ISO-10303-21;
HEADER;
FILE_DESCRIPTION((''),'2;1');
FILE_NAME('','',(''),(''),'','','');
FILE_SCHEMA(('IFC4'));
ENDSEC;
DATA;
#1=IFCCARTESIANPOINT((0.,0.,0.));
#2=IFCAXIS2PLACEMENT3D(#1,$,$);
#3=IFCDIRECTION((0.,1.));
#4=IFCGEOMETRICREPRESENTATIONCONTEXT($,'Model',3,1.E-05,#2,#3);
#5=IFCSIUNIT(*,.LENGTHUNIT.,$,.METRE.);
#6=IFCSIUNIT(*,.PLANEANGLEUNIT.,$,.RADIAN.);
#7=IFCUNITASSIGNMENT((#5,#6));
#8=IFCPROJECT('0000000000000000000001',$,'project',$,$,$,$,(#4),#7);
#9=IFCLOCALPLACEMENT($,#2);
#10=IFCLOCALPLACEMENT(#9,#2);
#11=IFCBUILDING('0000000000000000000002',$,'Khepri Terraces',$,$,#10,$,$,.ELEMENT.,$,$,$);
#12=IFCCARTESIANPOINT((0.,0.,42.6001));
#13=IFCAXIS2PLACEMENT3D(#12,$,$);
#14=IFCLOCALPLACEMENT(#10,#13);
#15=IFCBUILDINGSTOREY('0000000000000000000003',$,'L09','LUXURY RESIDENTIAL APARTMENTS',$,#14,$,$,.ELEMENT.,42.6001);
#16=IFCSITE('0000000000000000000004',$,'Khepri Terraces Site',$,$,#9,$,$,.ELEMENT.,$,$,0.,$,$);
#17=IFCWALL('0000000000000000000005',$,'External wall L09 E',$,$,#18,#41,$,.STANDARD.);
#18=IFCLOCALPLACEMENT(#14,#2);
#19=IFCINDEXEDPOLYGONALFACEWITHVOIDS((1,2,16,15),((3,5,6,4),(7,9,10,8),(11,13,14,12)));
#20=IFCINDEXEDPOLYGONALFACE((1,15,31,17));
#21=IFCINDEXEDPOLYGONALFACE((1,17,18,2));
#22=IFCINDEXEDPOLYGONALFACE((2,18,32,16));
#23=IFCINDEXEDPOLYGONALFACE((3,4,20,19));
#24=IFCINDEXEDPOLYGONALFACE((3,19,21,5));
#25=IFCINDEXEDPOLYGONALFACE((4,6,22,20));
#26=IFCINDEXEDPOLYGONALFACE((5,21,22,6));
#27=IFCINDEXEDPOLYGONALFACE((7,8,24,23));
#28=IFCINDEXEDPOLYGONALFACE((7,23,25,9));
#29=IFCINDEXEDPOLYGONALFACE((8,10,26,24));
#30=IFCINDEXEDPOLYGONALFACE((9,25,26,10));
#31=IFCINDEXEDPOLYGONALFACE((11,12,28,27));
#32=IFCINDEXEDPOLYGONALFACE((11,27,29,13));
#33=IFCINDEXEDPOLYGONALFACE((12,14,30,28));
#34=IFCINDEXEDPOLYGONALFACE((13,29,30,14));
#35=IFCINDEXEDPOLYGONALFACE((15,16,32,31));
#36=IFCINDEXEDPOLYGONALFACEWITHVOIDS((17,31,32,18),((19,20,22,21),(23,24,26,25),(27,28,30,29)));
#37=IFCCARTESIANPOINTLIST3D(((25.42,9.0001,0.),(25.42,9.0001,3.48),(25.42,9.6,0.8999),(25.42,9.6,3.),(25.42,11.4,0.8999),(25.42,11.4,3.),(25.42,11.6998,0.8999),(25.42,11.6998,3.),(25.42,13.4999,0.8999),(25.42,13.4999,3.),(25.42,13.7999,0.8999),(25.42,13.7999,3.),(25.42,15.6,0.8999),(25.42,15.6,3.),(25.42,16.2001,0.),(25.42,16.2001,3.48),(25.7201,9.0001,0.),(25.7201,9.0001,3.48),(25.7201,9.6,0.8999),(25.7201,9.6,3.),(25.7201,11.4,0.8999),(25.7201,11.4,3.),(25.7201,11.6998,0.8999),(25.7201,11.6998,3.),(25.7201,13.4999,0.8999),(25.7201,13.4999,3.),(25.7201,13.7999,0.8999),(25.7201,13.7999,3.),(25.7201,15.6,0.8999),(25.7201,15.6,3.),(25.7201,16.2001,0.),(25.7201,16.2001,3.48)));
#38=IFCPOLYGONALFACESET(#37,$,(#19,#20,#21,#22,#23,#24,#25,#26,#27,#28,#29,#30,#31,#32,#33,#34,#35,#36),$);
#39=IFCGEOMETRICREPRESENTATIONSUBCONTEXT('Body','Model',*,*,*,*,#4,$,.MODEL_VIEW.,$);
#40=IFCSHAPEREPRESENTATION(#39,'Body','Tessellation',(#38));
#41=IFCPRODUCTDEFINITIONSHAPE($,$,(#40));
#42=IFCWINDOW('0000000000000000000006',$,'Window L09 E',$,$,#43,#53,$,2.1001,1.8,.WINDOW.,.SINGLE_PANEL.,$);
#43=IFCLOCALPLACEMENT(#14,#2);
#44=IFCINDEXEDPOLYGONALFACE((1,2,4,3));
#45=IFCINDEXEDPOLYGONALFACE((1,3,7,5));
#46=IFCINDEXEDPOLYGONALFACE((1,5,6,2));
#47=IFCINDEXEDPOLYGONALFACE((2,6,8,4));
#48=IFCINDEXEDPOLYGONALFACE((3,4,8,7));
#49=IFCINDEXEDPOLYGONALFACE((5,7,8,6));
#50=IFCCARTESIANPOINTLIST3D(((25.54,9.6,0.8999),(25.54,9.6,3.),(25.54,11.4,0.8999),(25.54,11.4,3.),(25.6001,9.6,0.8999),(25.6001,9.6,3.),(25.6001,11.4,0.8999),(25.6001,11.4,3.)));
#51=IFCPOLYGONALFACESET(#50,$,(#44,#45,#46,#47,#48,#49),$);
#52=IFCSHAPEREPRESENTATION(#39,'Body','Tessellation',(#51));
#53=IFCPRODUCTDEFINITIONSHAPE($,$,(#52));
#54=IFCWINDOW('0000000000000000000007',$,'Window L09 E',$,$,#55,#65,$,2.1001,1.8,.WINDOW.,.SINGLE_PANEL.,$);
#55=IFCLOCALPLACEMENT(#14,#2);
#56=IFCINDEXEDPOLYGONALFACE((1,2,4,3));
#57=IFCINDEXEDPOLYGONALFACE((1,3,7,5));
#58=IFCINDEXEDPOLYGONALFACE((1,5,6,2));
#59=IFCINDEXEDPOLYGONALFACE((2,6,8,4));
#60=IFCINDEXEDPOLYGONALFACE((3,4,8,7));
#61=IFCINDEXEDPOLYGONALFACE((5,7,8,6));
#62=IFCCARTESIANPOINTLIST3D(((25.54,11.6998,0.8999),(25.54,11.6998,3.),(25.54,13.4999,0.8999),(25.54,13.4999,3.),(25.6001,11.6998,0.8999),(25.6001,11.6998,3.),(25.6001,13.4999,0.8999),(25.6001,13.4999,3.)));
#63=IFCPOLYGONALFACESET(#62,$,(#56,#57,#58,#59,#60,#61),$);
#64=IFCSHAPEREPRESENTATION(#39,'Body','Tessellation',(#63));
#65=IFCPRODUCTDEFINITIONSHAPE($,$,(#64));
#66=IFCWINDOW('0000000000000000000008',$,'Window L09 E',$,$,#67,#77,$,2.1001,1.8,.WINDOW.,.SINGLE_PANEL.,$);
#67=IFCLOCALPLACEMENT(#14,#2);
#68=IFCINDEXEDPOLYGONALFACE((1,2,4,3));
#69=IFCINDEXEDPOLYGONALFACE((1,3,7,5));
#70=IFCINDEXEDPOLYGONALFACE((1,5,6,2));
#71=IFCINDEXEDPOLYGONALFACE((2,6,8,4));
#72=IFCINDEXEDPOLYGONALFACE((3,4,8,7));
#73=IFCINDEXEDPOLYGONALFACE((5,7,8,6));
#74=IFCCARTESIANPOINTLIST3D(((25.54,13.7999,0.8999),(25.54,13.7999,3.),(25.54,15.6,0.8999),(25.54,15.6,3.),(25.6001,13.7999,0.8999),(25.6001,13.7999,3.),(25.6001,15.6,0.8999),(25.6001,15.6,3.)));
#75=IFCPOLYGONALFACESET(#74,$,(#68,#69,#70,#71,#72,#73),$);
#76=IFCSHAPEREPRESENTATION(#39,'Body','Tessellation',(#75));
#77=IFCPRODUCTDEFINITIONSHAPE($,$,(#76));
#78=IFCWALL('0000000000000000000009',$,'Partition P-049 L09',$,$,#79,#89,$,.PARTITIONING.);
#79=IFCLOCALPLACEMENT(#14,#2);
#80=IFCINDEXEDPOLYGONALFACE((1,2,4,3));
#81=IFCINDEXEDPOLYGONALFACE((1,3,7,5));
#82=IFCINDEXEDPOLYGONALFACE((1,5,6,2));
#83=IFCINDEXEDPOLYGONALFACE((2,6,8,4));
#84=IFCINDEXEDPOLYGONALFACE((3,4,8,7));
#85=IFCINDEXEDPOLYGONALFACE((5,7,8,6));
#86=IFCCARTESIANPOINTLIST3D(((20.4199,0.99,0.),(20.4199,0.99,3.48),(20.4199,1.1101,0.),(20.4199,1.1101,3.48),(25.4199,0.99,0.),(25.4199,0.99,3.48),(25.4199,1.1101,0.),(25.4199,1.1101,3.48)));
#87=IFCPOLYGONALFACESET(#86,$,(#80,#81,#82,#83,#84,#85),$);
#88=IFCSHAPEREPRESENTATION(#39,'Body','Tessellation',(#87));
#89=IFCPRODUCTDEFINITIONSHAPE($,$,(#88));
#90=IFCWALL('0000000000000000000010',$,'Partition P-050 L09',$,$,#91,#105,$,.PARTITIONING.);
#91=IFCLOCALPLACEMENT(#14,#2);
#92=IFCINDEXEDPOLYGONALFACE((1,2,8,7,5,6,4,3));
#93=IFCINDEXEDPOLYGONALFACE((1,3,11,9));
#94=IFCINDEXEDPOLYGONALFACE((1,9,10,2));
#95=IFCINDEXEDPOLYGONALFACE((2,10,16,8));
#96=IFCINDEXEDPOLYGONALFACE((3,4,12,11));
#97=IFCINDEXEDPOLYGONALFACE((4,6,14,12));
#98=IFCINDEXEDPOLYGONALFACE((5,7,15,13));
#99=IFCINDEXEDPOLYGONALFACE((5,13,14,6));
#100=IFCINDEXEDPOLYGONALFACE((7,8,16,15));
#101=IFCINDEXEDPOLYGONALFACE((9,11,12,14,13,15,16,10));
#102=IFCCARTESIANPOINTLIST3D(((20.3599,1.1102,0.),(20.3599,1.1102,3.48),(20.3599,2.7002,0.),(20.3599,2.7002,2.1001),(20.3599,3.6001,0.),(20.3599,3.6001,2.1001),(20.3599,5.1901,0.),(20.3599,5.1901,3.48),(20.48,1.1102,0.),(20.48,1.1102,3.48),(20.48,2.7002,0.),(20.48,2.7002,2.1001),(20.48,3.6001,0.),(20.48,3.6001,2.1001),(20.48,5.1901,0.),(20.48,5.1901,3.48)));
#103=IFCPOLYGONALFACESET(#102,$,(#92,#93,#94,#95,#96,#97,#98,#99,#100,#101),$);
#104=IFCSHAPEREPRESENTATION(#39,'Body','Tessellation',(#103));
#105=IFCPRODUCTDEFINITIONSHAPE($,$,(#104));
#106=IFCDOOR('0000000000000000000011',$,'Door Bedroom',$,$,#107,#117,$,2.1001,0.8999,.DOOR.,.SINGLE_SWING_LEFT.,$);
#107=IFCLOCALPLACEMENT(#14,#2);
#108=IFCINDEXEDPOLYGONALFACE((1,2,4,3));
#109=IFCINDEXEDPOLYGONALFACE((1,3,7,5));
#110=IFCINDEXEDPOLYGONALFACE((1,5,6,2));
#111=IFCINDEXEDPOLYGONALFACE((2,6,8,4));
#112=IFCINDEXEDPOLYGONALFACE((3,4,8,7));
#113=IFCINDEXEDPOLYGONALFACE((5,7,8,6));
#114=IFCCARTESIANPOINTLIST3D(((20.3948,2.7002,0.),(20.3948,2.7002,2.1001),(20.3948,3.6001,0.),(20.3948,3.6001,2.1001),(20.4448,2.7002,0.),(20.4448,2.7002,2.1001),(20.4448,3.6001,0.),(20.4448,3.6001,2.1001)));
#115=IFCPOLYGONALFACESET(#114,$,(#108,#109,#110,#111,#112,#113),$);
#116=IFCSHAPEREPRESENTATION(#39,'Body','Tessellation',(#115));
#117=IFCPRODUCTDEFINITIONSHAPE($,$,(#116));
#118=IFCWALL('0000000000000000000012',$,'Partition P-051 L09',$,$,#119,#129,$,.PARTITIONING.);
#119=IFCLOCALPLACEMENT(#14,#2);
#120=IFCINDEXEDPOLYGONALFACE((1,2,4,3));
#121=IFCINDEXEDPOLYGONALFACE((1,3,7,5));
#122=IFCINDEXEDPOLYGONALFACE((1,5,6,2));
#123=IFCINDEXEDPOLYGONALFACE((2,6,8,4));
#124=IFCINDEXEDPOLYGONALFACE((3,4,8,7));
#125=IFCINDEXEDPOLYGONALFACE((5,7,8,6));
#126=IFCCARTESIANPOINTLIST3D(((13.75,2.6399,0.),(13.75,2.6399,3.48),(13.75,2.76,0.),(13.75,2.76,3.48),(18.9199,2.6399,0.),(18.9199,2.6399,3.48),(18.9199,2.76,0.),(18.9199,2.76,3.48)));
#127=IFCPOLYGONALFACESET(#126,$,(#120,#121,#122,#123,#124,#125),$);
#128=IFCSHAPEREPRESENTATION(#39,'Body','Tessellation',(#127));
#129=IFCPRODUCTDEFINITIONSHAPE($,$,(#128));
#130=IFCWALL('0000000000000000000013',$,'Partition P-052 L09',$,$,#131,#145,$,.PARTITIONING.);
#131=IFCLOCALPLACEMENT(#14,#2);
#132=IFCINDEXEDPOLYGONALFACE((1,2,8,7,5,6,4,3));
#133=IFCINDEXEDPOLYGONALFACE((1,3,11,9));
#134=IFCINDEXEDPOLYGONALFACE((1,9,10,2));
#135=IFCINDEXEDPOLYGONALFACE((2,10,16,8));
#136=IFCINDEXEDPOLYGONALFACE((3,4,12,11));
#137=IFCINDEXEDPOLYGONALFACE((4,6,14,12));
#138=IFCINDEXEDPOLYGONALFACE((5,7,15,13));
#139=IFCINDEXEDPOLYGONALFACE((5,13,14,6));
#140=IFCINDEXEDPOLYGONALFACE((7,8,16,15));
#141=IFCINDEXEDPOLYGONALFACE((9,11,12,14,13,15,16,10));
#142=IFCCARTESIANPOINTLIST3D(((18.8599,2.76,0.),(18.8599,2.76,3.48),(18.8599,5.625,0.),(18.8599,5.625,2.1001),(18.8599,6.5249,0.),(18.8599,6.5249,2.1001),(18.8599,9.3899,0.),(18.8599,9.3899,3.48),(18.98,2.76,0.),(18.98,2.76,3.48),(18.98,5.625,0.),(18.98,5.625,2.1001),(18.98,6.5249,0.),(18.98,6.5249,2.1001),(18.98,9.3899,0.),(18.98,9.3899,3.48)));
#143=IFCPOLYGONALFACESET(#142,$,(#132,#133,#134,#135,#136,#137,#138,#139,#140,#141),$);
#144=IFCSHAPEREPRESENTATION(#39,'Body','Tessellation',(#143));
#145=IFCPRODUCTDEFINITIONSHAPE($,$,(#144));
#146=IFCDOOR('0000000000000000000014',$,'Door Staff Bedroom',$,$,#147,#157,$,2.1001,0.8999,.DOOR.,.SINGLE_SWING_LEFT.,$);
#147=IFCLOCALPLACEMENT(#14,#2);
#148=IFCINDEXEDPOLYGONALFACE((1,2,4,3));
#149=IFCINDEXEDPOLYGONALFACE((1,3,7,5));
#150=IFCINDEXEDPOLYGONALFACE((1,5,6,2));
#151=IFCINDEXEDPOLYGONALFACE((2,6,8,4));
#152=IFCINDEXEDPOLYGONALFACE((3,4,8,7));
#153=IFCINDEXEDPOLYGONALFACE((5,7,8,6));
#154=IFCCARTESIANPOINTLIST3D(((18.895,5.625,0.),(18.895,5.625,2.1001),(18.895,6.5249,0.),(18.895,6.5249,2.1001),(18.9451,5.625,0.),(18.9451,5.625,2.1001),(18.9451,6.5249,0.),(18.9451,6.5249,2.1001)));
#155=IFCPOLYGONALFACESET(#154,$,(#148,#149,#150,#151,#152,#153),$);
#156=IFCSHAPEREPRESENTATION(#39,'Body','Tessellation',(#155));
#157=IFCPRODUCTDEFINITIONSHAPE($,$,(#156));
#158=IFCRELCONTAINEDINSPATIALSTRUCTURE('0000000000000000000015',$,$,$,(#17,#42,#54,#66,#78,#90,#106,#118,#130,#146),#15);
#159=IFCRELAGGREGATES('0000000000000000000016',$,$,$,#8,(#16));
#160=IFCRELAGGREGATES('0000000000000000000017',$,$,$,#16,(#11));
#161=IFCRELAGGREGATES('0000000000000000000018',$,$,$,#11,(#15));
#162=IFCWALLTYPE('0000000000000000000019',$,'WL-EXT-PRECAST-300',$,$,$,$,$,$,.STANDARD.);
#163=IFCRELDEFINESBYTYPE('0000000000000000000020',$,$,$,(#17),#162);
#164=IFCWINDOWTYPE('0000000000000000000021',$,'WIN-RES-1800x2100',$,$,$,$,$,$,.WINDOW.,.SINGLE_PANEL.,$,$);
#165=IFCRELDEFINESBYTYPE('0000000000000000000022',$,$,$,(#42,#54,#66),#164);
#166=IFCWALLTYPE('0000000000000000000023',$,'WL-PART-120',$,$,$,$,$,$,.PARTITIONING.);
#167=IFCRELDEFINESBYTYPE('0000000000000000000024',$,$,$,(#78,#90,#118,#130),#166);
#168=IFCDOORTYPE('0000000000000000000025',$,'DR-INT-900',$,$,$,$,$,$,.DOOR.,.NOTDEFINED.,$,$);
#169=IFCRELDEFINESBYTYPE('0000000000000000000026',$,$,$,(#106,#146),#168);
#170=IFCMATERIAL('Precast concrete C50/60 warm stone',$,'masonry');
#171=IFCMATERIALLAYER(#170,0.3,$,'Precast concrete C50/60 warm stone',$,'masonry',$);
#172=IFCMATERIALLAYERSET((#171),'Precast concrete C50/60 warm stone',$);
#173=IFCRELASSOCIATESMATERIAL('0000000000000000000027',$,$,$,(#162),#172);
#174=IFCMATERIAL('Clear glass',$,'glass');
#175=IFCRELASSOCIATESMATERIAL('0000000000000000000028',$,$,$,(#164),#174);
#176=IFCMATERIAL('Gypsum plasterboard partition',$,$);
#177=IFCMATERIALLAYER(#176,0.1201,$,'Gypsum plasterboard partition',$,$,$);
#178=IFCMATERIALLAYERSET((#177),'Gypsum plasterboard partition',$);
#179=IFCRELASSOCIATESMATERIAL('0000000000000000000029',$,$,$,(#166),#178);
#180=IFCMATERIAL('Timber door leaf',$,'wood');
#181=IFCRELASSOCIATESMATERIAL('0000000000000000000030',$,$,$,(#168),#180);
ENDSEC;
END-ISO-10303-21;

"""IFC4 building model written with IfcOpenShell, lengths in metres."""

from ifc_helpers import new_model, si_unit, direction, frame, frame_2d, origin, place, context, subcontext, project, spatial, rectangle, extrude, material, layer, layer_set, type_object, element, fill, save


model = new_model("IFC4")

# Units and contexts
model_context = context("Model", 3, precision=1e-05, world=origin(), true_north=direction((0.0, 1.0)))
body_context = subcontext(model_context, "Body", "Model", "MODEL_VIEW")
ifc_project = project(units=[si_unit("LENGTHUNIT", "METRE"), si_unit("PLANEANGLEUNIT", "RADIAN")], contexts=[model_context])

# Site, building, storey
site_placement = place(None, origin())
site = spatial("IfcSite", under=ifc_project, at=site_placement, Name="Khepri Terraces Site", CompositionType="ELEMENT", RefElevation=0.0)
building_placement = place(site_placement, origin())
building = spatial("IfcBuilding", under=site, at=building_placement, Name="Khepri Terraces", CompositionType="ELEMENT")
storey_placement = place(building_placement, frame((0.0, 0.0, 42.6001)))
storey = spatial("IfcBuildingStorey", under=building, at=storey_placement, Name="L09", Description="LUXURY RESIDENTIAL APARTMENTS", CompositionType="ELEMENT", Elevation=42.6001)

# Wall, openings, windows
ifc_material_1 = material(Name="Precast concrete C50/60 warm stone", Category="masonry")
ifc_layer_1 = layer(ifc_material_1, 0.3, Name="Precast concrete C50/60 warm stone", Category="masonry")
ifc_layer_set_1 = layer_set([ifc_layer_1], Name="Precast concrete C50/60 warm stone")
wall_type_1 = type_object("IfcWallType", Name="WL-EXT-PRECAST-300", PredefinedType="STANDARD", material=ifc_layer_set_1)
ifc_material_2 = material(Name="Clear glass", Category="glass")
window_type_1 = type_object("IfcWindowType", Name="WIN-RES-1800x2100", PartitioningType="SINGLE_PANEL", PredefinedType="WINDOW", material=ifc_material_2)
wall_1_placement = place(storey_placement, frame((25.5701, 9.0, 0.0), z_axis=(0.0, 0.0, 1.0), x_axis=(0.0, 1.0, 0.0)))
wall_1 = element("IfcWall", 1, at=wall_1_placement, inside=storey, type_object=wall_type_1, Name="External wall L09 E", PredefinedType="STANDARD", context=body_context, shape_type="SweptSolid", body=[
    extrude(rectangle(XDim=7.2, YDim=0.3, at=frame_2d((3.6001, 0.0))), origin(), (0.0, 0.0, 1.0), 3.48),
])
opening_1_placement = place(wall_1_placement, frame((0.6001, 0.0, 0.8999)))
opening_1 = element("IfcOpeningElement", 2, at=opening_1_placement, cuts=wall_1, PredefinedType="OPENING", context=body_context, shape_type="SweptSolid", body=[
    extrude(rectangle(XDim=1.8, YDim=2.1001, at=frame_2d((0.8999, 1.05))), frame((0.0, 0.1602, 0.0), z_axis=(0.0, -1.0, 0.0), x_axis=(1.0, 0.0, 0.0)), (0.0, 0.0, 1.0), 0.3201),
])
opening_2_placement = place(wall_1_placement, frame((2.7, 0.0, 0.8999)))
opening_2 = element("IfcOpeningElement", 3, at=opening_2_placement, cuts=wall_1, PredefinedType="OPENING", context=body_context, shape_type="SweptSolid", body=[
    extrude(rectangle(XDim=1.8, YDim=2.1001, at=frame_2d((0.8999, 1.05))), frame((0.0, 0.1602, 0.0), z_axis=(0.0, -1.0, 0.0), x_axis=(1.0, 0.0, 0.0)), (0.0, 0.0, 1.0), 0.3201),
])
opening_3_placement = place(wall_1_placement, frame((4.8, 0.0, 0.8999)))
opening_3 = element("IfcOpeningElement", 4, at=opening_3_placement, cuts=wall_1, PredefinedType="OPENING", context=body_context, shape_type="SweptSolid", body=[
    extrude(rectangle(XDim=1.8, YDim=2.1001, at=frame_2d((0.8999, 1.05))), frame((0.0, 0.1602, 0.0), z_axis=(0.0, -1.0, 0.0), x_axis=(1.0, 0.0, 0.0)), (0.0, 0.0, 1.0), 0.3201),
])
window_1_placement = place(opening_1_placement, origin())
window_1 = element("IfcWindow", 5, at=window_1_placement, inside=storey, type_object=window_type_1, Name="Window L09 E", OverallHeight=2.1001, OverallWidth=1.8, PartitioningType="SINGLE_PANEL", PredefinedType="WINDOW", context=body_context, shape_type="SweptSolid", body=[
    extrude(rectangle(XDim=1.8, YDim=2.1001, at=frame_2d((0.8999, 1.05))), frame((0.0, 0.03, 0.0), z_axis=(0.0, -1.0, 0.0), x_axis=(1.0, 0.0, 0.0)), (0.0, 0.0, 1.0), 0.0601),
])
fill(opening_1, window_1)
window_2_placement = place(opening_2_placement, origin())
window_2 = element("IfcWindow", 6, at=window_2_placement, inside=storey, type_object=window_type_1, Name="Window L09 E", OverallHeight=2.1001, OverallWidth=1.8, PartitioningType="SINGLE_PANEL", PredefinedType="WINDOW", context=body_context, shape_type="SweptSolid", body=[
    extrude(rectangle(XDim=1.8, YDim=2.1001, at=frame_2d((0.8999, 1.05))), frame((0.0, 0.03, 0.0), z_axis=(0.0, -1.0, 0.0), x_axis=(1.0, 0.0, 0.0)), (0.0, 0.0, 1.0), 0.0601),
])
fill(opening_2, window_2)
window_3_placement = place(opening_3_placement, origin())
window_3 = element("IfcWindow", 7, at=window_3_placement, inside=storey, type_object=window_type_1, Name="Window L09 E", OverallHeight=2.1001, OverallWidth=1.8, PartitioningType="SINGLE_PANEL", PredefinedType="WINDOW", context=body_context, shape_type="SweptSolid", body=[
    extrude(rectangle(XDim=1.8, YDim=2.1001, at=frame_2d((0.8999, 1.05))), frame((0.0, 0.03, 0.0), z_axis=(0.0, -1.0, 0.0), x_axis=(1.0, 0.0, 0.0)), (0.0, 0.0, 1.0), 0.0601),
])
fill(opening_3, window_3)

# Wall
ifc_material_3 = material(Name="Gypsum plasterboard partition")
ifc_layer_2 = layer(ifc_material_3, 0.1201, Name="Gypsum plasterboard partition")
ifc_layer_set_2 = layer_set([ifc_layer_2], Name="Gypsum plasterboard partition")
wall_type_2 = type_object("IfcWallType", Name="WL-PART-120", PredefinedType="PARTITIONING", material=ifc_layer_set_2)
wall_2_placement = place(storey_placement, frame((20.4199, 1.05, 0.0), z_axis=(0.0, 0.0, 1.0), x_axis=(1.0, 0.0, 0.0)))
element("IfcWall", 8, at=wall_2_placement, inside=storey, type_object=wall_type_2, Name="Partition P-049 L09", PredefinedType="PARTITIONING", context=body_context, shape_type="SweptSolid", body=[
    extrude(rectangle(XDim=5.0, YDim=0.1201, at=frame_2d((2.5, 0.0))), origin(), (0.0, 0.0, 1.0), 3.48),
])

# Wall, opening, door
wall_3_placement = place(storey_placement, frame((20.4199, 1.1101, 0.0), z_axis=(0.0, 0.0, 1.0), x_axis=(0.0, 1.0, 0.0)))
wall_3 = element("IfcWall", 9, at=wall_3_placement, inside=storey, type_object=wall_type_2, Name="Partition P-050 L09", PredefinedType="PARTITIONING", context=body_context, shape_type="SweptSolid", body=[
    extrude(rectangle(XDim=4.0798, YDim=0.1201, at=frame_2d((2.04, 0.0))), origin(), (0.0, 0.0, 1.0), 3.48),
])
opening_4_placement = place(wall_3_placement, frame((1.5901, 0.0, 0.0)))
opening_4 = element("IfcOpeningElement", 10, at=opening_4_placement, cuts=wall_3, PredefinedType="OPENING", context=body_context, shape_type="SweptSolid", body=[
    extrude(rectangle(XDim=0.8999, YDim=2.1001, at=frame_2d((0.45, 1.05))), frame((0.0, 0.0701, 0.0), z_axis=(0.0, -1.0, 0.0), x_axis=(1.0, 0.0, 0.0)), (0.0, 0.0, 1.0), 0.1401),
])
ifc_material_4 = material(Name="Timber door leaf", Category="wood")
door_type_1 = type_object("IfcDoorType", Name="DR-INT-900", OperationType="NOTDEFINED", PredefinedType="DOOR", material=ifc_material_4)
door_1_placement = place(opening_4_placement, frame((0.8999, 0.0, 0.0), z_axis=(0.0, 0.0, 1.0), x_axis=(-1.0, 0.0, 0.0)))
door_1 = element("IfcDoor", 11, at=door_1_placement, inside=storey, type_object=door_type_1, Name="Door Bedroom", OperationType="SINGLE_SWING_LEFT", OverallHeight=2.1001, OverallWidth=0.8999, PredefinedType="DOOR", context=body_context, shape_type="SweptSolid", body=[
    extrude(rectangle(XDim=0.8999, YDim=2.1001, at=frame_2d((0.45, 1.05))), frame((0.0, 0.0249, 0.0), z_axis=(0.0, -1.0, 0.0), x_axis=(1.0, 0.0, 0.0)), (0.0, 0.0, 1.0), 0.05),
])
fill(opening_4, door_1)

# Wall
wall_4_placement = place(storey_placement, frame((13.75, 2.7, 0.0), z_axis=(0.0, 0.0, 1.0), x_axis=(1.0, 0.0, 0.0)))
element("IfcWall", 12, at=wall_4_placement, inside=storey, type_object=wall_type_2, Name="Partition P-051 L09", PredefinedType="PARTITIONING", context=body_context, shape_type="SweptSolid", body=[
    extrude(rectangle(XDim=5.1699, YDim=0.1201, at=frame_2d((2.585, 0.0))), origin(), (0.0, 0.0, 1.0), 3.48),
])

# Wall, opening, door
wall_5_placement = place(storey_placement, frame((18.9199, 2.76, 0.0), z_axis=(0.0, 0.0, 1.0), x_axis=(0.0, 1.0, 0.0)))
wall_5 = element("IfcWall", 13, at=wall_5_placement, inside=storey, type_object=wall_type_2, Name="Partition P-052 L09", PredefinedType="PARTITIONING", context=body_context, shape_type="SweptSolid", body=[
    extrude(rectangle(XDim=6.6299, YDim=0.1201, at=frame_2d((3.3149, 0.0))), origin(), (0.0, 0.0, 1.0), 3.48),
])
opening_5_placement = place(wall_5_placement, frame((2.865, 0.0, 0.0)))
opening_5 = element("IfcOpeningElement", 14, at=opening_5_placement, cuts=wall_5, PredefinedType="OPENING", context=body_context, shape_type="SweptSolid", body=[
    extrude(rectangle(XDim=0.8999, YDim=2.1001, at=frame_2d((0.45, 1.05))), frame((0.0, 0.0701, 0.0), z_axis=(0.0, -1.0, 0.0), x_axis=(1.0, 0.0, 0.0)), (0.0, 0.0, 1.0), 0.1401),
])
door_2_placement = place(opening_5_placement, origin())
door_2 = element("IfcDoor", 15, at=door_2_placement, inside=storey, type_object=door_type_1, Name="Door Staff Bedroom", OperationType="SINGLE_SWING_LEFT", OverallHeight=2.1001, OverallWidth=0.8999, PredefinedType="DOOR", context=body_context, shape_type="SweptSolid", body=[
    extrude(rectangle(XDim=0.8999, YDim=2.1001, at=frame_2d((0.45, 1.05))), frame((0.0, 0.0249, 0.0), z_axis=(0.0, -1.0, 0.0), x_axis=(1.0, 0.0, 0.0)), (0.0, 0.0, 1.0), 0.05),
])
fill(opening_5, door_2)

save(model, "model.ifc")
